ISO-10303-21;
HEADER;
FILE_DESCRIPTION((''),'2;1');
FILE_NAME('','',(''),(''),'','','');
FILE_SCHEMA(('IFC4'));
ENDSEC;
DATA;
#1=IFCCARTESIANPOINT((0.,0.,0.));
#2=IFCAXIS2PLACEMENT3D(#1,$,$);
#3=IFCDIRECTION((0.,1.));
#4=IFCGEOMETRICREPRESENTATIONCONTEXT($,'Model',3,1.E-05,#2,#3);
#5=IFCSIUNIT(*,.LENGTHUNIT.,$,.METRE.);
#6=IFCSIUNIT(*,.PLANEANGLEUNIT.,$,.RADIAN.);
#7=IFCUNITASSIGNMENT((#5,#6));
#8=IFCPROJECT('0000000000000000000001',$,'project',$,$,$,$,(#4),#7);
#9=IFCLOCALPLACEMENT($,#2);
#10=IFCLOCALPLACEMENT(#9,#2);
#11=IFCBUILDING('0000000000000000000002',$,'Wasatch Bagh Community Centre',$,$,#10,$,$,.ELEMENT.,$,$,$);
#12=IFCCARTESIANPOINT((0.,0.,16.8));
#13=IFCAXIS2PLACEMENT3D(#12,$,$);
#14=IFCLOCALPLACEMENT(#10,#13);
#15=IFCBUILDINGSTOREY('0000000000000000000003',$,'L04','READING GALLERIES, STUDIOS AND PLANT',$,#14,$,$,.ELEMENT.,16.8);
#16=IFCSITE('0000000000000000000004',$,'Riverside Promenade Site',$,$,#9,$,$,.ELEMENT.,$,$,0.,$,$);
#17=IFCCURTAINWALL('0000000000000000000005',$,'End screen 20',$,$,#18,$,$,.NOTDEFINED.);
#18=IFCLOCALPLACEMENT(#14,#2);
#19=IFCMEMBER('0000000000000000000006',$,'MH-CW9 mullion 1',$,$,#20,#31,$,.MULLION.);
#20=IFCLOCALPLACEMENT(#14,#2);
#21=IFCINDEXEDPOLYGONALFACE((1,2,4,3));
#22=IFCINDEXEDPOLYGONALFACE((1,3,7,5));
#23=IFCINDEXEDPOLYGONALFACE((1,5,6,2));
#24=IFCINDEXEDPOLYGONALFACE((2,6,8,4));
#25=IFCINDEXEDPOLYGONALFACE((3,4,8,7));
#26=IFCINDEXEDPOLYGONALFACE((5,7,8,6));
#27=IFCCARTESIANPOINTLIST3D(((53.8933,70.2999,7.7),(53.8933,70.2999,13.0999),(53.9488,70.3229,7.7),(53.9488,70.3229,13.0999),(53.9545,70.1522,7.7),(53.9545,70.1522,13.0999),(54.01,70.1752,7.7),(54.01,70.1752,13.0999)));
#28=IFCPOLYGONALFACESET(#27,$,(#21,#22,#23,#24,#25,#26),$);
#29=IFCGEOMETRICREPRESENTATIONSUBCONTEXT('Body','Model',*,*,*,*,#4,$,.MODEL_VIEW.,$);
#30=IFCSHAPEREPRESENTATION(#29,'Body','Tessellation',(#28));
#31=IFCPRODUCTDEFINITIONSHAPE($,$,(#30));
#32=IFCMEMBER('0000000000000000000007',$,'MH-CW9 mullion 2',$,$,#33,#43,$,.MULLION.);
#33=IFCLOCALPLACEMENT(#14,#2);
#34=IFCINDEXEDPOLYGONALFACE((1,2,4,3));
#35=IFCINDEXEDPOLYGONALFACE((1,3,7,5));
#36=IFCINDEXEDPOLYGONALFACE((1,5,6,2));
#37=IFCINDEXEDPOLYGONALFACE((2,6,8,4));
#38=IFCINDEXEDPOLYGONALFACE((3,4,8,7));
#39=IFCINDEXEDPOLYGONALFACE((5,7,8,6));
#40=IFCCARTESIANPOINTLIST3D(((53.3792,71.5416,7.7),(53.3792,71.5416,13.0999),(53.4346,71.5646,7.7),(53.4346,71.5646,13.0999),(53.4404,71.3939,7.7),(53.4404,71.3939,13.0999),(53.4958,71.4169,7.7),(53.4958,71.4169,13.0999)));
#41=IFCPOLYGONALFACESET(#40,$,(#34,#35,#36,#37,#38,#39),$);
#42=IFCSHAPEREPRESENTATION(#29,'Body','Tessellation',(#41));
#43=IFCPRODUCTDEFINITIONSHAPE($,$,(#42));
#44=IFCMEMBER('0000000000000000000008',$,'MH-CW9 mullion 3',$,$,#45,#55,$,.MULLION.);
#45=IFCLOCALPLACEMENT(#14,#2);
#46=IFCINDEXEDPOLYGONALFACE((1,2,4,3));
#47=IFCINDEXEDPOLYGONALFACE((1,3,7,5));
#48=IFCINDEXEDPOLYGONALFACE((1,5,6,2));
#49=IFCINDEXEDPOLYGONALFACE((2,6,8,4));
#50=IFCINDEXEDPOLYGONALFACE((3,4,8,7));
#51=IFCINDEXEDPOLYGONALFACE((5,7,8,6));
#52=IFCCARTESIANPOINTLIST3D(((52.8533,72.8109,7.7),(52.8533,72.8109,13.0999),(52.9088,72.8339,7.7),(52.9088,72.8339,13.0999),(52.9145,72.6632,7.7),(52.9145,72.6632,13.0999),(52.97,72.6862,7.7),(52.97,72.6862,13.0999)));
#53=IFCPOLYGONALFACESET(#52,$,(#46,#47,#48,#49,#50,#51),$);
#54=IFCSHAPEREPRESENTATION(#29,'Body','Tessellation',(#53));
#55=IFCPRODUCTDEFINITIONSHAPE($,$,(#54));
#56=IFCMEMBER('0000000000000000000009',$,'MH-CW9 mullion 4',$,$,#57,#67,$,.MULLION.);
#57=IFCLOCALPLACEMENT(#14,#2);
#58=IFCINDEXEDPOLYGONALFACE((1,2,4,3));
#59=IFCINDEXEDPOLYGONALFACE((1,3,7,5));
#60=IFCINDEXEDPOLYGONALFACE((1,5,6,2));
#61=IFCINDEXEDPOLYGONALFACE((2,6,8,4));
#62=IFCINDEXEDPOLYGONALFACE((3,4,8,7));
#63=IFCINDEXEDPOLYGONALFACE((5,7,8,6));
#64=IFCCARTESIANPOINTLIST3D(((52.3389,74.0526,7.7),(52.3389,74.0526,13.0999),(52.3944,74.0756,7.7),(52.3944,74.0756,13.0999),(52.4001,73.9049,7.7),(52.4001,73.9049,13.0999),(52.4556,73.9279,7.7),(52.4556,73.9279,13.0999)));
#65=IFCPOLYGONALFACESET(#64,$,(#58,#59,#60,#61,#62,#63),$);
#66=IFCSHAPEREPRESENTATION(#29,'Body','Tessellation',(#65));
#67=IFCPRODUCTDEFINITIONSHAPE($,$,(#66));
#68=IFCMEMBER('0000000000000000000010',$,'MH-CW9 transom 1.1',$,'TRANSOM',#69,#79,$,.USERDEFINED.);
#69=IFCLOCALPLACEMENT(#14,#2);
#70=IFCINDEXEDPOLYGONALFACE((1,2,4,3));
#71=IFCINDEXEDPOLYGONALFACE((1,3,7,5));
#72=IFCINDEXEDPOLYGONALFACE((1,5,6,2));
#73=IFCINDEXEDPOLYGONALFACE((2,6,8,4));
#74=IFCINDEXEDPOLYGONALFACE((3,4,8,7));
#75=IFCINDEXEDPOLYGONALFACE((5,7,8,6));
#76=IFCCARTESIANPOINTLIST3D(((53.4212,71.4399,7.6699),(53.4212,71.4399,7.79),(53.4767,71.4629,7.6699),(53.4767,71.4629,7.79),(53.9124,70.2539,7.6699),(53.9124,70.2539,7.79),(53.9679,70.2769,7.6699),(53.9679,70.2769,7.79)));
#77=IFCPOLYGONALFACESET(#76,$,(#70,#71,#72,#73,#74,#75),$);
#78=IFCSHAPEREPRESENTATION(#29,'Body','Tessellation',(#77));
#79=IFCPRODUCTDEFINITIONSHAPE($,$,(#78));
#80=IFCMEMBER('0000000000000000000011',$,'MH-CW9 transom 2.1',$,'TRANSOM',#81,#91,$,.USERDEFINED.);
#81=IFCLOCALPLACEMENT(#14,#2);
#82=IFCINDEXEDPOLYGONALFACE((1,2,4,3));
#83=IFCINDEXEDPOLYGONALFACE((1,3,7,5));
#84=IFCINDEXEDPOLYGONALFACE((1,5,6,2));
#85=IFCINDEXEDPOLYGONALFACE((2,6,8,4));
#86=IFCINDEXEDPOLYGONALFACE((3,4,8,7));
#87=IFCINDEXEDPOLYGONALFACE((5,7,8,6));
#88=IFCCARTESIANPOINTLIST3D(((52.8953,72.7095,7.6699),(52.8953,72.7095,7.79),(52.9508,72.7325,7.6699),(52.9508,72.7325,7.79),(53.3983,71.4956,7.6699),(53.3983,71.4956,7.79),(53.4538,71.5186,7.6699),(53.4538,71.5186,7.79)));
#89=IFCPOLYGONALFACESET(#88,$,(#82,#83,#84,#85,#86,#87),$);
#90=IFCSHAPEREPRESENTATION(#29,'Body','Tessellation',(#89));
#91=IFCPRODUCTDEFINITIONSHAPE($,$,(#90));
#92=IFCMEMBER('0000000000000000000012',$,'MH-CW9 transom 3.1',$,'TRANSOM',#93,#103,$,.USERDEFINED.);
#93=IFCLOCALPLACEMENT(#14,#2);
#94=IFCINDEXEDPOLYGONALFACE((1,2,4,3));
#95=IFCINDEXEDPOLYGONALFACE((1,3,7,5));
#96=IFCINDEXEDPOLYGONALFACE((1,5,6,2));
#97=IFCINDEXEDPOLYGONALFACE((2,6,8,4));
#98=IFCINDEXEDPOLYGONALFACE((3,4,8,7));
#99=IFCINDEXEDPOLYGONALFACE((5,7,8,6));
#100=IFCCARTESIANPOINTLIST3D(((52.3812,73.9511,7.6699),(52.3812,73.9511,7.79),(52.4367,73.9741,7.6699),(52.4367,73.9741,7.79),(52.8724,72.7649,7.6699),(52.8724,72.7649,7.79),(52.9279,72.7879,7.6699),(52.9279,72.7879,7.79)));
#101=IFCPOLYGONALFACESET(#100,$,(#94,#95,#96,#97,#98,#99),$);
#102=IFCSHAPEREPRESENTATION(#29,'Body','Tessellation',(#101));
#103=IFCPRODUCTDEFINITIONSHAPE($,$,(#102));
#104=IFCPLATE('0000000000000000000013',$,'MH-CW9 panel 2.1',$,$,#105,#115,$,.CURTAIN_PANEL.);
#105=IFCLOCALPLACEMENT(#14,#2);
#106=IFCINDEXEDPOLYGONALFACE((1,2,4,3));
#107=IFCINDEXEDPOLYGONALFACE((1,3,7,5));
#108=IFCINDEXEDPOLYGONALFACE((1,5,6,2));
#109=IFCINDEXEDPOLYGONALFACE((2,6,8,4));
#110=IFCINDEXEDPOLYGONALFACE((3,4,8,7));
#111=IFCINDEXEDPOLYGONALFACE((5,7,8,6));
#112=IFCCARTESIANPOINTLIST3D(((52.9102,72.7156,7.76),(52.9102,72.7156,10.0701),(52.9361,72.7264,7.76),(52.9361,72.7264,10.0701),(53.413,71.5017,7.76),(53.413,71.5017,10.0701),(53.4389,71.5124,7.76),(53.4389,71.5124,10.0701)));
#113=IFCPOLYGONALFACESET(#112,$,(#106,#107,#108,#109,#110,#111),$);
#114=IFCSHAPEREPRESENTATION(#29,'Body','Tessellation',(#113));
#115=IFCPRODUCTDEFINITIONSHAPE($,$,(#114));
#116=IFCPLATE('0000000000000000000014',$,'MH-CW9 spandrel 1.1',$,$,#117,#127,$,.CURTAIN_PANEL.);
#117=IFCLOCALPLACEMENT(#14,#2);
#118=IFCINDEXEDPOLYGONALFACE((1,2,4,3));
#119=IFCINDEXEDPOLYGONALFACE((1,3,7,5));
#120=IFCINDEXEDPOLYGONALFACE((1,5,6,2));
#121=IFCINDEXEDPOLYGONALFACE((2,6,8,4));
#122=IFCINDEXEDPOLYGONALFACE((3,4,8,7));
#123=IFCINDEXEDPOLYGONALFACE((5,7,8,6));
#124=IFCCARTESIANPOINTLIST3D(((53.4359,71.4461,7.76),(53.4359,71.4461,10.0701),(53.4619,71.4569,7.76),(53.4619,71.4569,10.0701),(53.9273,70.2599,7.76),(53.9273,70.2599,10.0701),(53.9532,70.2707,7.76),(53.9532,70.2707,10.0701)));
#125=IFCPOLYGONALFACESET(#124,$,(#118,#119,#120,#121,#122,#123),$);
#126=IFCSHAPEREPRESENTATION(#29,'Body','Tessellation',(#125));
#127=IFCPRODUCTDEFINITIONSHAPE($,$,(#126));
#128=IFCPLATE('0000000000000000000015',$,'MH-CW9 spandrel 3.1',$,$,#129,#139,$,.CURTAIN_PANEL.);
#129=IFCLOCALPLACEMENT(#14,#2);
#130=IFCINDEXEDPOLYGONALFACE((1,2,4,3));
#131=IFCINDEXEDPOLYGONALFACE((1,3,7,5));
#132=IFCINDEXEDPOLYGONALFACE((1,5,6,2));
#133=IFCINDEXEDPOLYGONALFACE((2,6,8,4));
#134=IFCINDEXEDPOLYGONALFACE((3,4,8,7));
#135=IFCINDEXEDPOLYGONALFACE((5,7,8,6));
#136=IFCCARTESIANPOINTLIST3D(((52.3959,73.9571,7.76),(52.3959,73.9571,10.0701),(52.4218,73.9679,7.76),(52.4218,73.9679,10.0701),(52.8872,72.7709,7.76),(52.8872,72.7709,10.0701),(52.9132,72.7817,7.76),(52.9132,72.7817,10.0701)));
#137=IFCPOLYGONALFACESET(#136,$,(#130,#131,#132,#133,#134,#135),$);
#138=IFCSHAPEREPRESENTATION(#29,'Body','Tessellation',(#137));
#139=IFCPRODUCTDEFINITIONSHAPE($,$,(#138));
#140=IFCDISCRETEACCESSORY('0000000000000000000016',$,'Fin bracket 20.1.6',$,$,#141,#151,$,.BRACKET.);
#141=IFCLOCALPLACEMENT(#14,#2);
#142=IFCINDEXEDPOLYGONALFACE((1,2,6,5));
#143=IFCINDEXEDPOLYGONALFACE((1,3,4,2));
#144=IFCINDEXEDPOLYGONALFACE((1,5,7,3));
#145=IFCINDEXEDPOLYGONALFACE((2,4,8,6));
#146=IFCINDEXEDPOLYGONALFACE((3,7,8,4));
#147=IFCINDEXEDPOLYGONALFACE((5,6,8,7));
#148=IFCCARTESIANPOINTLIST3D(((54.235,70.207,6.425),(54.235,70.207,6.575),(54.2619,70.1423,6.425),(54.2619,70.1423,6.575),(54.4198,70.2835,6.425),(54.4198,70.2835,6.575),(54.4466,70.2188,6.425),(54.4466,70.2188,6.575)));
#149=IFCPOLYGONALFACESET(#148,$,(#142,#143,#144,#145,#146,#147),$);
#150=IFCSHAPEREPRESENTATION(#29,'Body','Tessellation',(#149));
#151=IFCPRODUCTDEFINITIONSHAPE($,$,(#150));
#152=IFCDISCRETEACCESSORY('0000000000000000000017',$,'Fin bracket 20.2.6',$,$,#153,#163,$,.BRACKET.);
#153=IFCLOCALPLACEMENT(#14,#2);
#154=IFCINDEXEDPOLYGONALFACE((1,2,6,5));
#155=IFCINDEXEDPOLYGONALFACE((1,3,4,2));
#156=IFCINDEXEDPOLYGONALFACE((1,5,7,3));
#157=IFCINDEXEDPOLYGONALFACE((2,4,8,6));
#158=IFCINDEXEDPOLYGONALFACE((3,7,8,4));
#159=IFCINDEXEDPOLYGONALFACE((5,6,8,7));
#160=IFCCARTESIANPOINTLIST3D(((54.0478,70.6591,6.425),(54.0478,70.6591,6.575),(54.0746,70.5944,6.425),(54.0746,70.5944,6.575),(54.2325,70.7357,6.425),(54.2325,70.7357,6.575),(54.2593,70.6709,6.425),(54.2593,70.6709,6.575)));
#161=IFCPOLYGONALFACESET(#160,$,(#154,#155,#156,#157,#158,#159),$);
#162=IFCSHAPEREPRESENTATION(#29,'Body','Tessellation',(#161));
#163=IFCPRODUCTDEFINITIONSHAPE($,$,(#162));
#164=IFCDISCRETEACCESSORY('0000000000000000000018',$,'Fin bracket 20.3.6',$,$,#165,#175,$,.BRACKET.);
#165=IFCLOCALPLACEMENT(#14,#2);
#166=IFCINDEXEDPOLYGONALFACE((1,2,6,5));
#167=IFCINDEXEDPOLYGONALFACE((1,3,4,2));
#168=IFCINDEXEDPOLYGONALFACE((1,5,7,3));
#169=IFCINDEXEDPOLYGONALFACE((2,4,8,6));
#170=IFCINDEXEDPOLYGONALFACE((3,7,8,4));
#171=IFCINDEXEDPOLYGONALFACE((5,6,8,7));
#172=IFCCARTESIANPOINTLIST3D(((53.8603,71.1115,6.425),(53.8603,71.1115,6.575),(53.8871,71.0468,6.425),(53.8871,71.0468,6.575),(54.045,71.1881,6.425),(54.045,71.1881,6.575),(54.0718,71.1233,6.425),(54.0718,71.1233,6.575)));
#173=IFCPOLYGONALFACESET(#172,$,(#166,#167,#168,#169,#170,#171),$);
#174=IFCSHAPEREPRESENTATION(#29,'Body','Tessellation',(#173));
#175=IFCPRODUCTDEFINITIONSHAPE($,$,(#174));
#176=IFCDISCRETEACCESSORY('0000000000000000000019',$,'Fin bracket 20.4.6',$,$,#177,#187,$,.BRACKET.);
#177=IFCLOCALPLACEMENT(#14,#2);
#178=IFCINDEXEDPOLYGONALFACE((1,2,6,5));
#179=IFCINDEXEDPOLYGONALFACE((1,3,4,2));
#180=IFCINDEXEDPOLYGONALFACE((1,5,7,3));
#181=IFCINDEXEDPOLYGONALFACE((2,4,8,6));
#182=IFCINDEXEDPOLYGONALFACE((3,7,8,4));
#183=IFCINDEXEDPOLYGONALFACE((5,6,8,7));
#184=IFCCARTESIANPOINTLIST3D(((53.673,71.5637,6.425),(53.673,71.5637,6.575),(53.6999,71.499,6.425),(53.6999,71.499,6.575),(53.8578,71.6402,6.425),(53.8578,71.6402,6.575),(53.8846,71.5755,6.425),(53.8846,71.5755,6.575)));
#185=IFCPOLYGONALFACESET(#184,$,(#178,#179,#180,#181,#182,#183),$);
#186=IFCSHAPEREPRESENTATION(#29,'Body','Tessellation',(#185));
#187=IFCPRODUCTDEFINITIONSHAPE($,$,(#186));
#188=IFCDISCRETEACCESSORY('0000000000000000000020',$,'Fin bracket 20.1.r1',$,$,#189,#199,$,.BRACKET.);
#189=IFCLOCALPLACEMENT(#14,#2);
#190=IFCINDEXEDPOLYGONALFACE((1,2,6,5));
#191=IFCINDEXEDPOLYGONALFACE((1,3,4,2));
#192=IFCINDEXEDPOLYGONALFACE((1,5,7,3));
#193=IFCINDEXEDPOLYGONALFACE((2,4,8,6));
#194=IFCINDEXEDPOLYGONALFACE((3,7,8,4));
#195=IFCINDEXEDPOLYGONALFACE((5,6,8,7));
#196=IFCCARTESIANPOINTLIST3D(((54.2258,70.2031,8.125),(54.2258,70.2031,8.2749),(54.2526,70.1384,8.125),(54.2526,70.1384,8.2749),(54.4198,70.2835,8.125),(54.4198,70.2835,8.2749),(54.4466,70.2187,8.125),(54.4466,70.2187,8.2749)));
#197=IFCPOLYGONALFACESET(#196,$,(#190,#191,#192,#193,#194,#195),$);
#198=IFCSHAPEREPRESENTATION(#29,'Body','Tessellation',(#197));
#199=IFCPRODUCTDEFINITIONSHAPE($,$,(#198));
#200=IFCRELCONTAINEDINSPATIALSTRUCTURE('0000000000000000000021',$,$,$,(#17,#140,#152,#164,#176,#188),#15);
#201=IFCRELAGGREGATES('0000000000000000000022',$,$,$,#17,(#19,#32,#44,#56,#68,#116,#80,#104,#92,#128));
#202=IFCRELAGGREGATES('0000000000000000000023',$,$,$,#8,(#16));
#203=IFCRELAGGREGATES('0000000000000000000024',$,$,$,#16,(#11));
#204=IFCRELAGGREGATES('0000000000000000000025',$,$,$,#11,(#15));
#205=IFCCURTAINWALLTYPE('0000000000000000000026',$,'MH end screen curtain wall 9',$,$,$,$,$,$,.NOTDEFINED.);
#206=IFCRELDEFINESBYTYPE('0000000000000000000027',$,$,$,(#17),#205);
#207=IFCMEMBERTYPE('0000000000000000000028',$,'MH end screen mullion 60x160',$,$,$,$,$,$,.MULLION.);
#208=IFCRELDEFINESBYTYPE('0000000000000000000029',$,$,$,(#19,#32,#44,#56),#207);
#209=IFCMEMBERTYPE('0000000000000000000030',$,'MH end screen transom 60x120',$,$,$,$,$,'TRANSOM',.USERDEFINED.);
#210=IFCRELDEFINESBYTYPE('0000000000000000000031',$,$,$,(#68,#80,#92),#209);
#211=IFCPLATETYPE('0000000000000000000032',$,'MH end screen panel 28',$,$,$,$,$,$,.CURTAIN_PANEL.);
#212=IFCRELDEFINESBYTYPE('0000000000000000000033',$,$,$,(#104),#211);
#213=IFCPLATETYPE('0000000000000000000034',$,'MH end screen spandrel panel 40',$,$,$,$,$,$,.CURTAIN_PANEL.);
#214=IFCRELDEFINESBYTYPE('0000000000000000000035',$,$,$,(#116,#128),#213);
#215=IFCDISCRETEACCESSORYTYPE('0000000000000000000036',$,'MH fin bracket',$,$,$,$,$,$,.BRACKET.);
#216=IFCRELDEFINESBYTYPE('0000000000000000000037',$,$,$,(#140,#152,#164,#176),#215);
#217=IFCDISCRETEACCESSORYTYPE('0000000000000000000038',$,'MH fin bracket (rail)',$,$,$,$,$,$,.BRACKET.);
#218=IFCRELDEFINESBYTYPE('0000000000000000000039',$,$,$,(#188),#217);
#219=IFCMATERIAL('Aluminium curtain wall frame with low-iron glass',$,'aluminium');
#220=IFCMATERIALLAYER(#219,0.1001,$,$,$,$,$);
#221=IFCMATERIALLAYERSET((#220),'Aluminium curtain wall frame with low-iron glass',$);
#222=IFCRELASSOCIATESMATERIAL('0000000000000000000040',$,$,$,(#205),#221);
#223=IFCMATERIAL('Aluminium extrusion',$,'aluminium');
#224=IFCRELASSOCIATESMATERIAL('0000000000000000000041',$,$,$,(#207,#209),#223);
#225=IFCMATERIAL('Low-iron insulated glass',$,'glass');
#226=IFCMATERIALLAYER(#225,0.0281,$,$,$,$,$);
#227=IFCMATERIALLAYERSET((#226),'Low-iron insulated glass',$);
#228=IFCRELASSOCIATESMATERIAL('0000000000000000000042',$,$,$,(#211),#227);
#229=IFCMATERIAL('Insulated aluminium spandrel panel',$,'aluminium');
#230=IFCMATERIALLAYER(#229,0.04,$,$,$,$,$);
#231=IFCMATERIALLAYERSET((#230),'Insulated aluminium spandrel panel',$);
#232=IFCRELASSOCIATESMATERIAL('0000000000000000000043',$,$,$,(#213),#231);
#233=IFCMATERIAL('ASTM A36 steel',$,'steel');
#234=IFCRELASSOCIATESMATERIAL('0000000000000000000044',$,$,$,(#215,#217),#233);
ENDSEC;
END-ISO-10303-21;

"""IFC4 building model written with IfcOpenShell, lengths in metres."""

from ifc_helpers import new_model, si_unit, direction, frame, origin, origin_2d, place, context, subcontext, project, spatial, rectangle, extrude, material, layer, layer_set, material_profile, profile_set, type_object, element, aggregate, save


model = new_model("IFC4")

# Units and contexts
model_context = context("Model", 3, precision=1e-05, world=origin(), true_north=direction((0.0, 1.0)))
body_context = subcontext(model_context, "Body", "Model", "MODEL_VIEW")
ifc_project = project(units=[si_unit("LENGTHUNIT", "METRE"), si_unit("PLANEANGLEUNIT", "RADIAN")], contexts=[model_context])

# Site, building, storey
site_placement = place(None, origin())
site = spatial("IfcSite", under=ifc_project, at=site_placement, Name="Riverside Promenade Site", CompositionType="ELEMENT", RefElevation=0.0)
building_placement = place(site_placement, origin())
building = spatial("IfcBuilding", under=site, at=building_placement, Name="Wasatch Bagh Community Centre", CompositionType="ELEMENT")
storey_placement = place(building_placement, frame((0.0, 0.0, 16.8)))
storey = spatial("IfcBuildingStorey", under=building, at=storey_placement, Name="L04", Description="READING GALLERIES, STUDIOS AND PLANT", CompositionType="ELEMENT", Elevation=16.8)

# Curtain wall, members, plates
ifc_material_1 = material(Name="Aluminium curtain wall frame with low-iron glass", Category="aluminium")
ifc_layer_1 = layer(ifc_material_1, 0.1001)
ifc_layer_set_1 = layer_set([ifc_layer_1], Name="Aluminium curtain wall frame with low-iron glass")
curtain_wall_type = type_object("IfcCurtainWallType", Name="MH end screen curtain wall 9", PredefinedType="NOTDEFINED", material=ifc_layer_set_1)
curtain_wall_placement = place(storey_placement, origin())
curtain_wall = element("IfcCurtainWall", 1, at=curtain_wall_placement, inside=storey, type_object=curtain_wall_type, Name="End screen 20", PredefinedType="NOTDEFINED")
ifc_material_2 = material(Name="Aluminium extrusion", Category="aluminium")
ifc_material_profile_1 = material_profile(ifc_material_2, rectangle(XDim=0.0601, YDim=0.1599, at=origin_2d()), Name="AL 60x160")
ifc_profile_set_1 = profile_set([ifc_material_profile_1], Name="Aluminium extrusion")
member_type_1 = type_object("IfcMemberType", Name="MH end screen mullion 60x160", PredefinedType="MULLION", material=ifc_profile_set_1)
member_1_placement = place(storey_placement, frame((53.9517, 70.2375, 7.7), z_axis=(0.0, 0.0, 1.0), x_axis=(-0.92388, -0.382683, 0.0)))
member_1 = element("IfcMember", 2, at=member_1_placement, type_object=member_type_1, Name="MH-CW9 mullion 1", PredefinedType="MULLION", context=body_context, shape_type="SweptSolid", body=[
    extrude(rectangle(XDim=0.0601, YDim=0.1599, at=origin_2d()), origin(), (0.0, 0.0, 1.0), 5.3999),
])
member_2_placement = place(storey_placement, frame((53.4375, 71.4792, 7.7), z_axis=(0.0, 0.0, 1.0), x_axis=(-0.92388, -0.382683, 0.0)))
member_2 = element("IfcMember", 3, at=member_2_placement, type_object=member_type_1, Name="MH-CW9 mullion 2", PredefinedType="MULLION", context=body_context, shape_type="SweptSolid", body=[
    extrude(rectangle(XDim=0.0601, YDim=0.1599, at=origin_2d()), origin(), (0.0, 0.0, 1.0), 5.3999),
])
member_3_placement = place(storey_placement, frame((52.9116, 72.7485, 7.7), z_axis=(0.0, 0.0, 1.0), x_axis=(-0.92388, -0.382683, 0.0)))
member_3 = element("IfcMember", 4, at=member_3_placement, type_object=member_type_1, Name="MH-CW9 mullion 3", PredefinedType="MULLION", context=body_context, shape_type="SweptSolid", body=[
    extrude(rectangle(XDim=0.0601, YDim=0.1599, at=origin_2d()), origin(), (0.0, 0.0, 1.0), 5.3999),
])
member_4_placement = place(storey_placement, frame((52.3972, 73.9902, 7.7), z_axis=(0.0, 0.0, 1.0), x_axis=(-0.92388, -0.382683, 0.0)))
member_4 = element("IfcMember", 5, at=member_4_placement, type_object=member_type_1, Name="MH-CW9 mullion 4", PredefinedType="MULLION", context=body_context, shape_type="SweptSolid", body=[
    extrude(rectangle(XDim=0.0601, YDim=0.1599, at=origin_2d()), origin(), (0.0, 0.0, 1.0), 5.3999),
])
ifc_material_profile_2 = material_profile(ifc_material_2, rectangle(XDim=0.0601, YDim=0.1201, at=origin_2d()), Name="AL 60x120")
ifc_profile_set_2 = profile_set([ifc_material_profile_2], Name="Aluminium extrusion")
member_type_2 = type_object("IfcMemberType", Name="MH end screen transom 60x120", ElementType="TRANSOM", PredefinedType="USERDEFINED", material=ifc_profile_set_2)
member_5_placement = place(storey_placement, frame((53.9402, 70.2654, 7.73), z_axis=(-0.382643, 0.923896, 0.0), x_axis=(-0.923896, -0.382643, 0.0)))
member_5 = element("IfcMember", 6, at=member_5_placement, type_object=member_type_2, Name="MH-CW9 transom 1.1", ObjectType="TRANSOM", PredefinedType="USERDEFINED", context=body_context, shape_type="SweptSolid", body=[
    extrude(rectangle(XDim=0.0601, YDim=0.1201, at=origin_2d()), origin(), (0.0, 0.0, 1.0), 1.2837),
])
member_6_placement = place(storey_placement, frame((53.426, 71.5071, 7.73), z_axis=(-0.382768, 0.923845, 0.0), x_axis=(-0.923845, -0.382768, 0.0)))
member_6 = element("IfcMember", 7, at=member_6_placement, type_object=member_type_2, Name="MH-CW9 transom 2.1", ObjectType="TRANSOM", PredefinedType="USERDEFINED", context=body_context, shape_type="SweptSolid", body=[
    extrude(rectangle(XDim=0.0601, YDim=0.1201, at=origin_2d()), origin(), (0.0, 0.0, 1.0), 1.314),
])
member_7_placement = place(storey_placement, frame((52.9001, 72.7764, 7.73), z_axis=(-0.382576, 0.923924, 0.0), x_axis=(-0.923924, -0.382576, 0.0)))
member_7 = element("IfcMember", 8, at=member_7_placement, type_object=member_type_2, Name="MH-CW9 transom 3.1", ObjectType="TRANSOM", PredefinedType="USERDEFINED", context=body_context, shape_type="SweptSolid", body=[
    extrude(rectangle(XDim=0.0601, YDim=0.1201, at=origin_2d()), origin(), (0.0, 0.0, 1.0), 1.2839),
])
ifc_material_3 = material(Name="Low-iron insulated glass", Category="glass")
ifc_layer_2 = layer(ifc_material_3, 0.0281)
ifc_layer_set_2 = layer_set([ifc_layer_2], Name="Low-iron insulated glass")
plate_type_1 = type_object("IfcPlateType", Name="MH end screen panel 28", PredefinedType="CURTAIN_PANEL", material=ifc_layer_set_2)
plate_1_placement = place(storey_placement, frame((53.1746, 72.114, 7.76), z_axis=(0.0, 0.0, 1.0), x_axis=(-0.382683, 0.92388, 0.0)))
plate_1 = element("IfcPlate", 9, at=plate_1_placement, type_object=plate_type_1, Name="MH-CW9 panel 2.1", PredefinedType="CURTAIN_PANEL", context=body_context, shape_type="SweptSolid", body=[
    extrude(rectangle(XDim=1.314, YDim=0.0281, at=origin_2d()), origin(), (0.0, 0.0, 1.0), 2.3101),
])
ifc_material_4 = material(Name="Insulated aluminium spandrel panel", Category="aluminium")
ifc_layer_3 = layer(ifc_material_4, 0.04)
ifc_layer_set_3 = layer_set([ifc_layer_3], Name="Insulated aluminium spandrel panel")
plate_type_2 = type_object("IfcPlateType", Name="MH end screen spandrel panel 40", PredefinedType="CURTAIN_PANEL", material=ifc_layer_set_3)
plate_2_placement = place(storey_placement, frame((53.6946, 70.8584, 7.76), z_axis=(0.0, 0.0, 1.0), x_axis=(-0.382683, 0.92388, 0.0)))
plate_2 = element("IfcPlate", 10, at=plate_2_placement, type_object=plate_type_2, Name="MH-CW9 spandrel 1.1", PredefinedType="CURTAIN_PANEL", context=body_context, shape_type="SweptSolid", body=[
    extrude(rectangle(XDim=1.2839, YDim=0.0281, at=origin_2d()), origin(), (0.0, 0.0, 1.0), 2.3101),
])
plate_3_placement = place(storey_placement, frame((52.6545, 73.3694, 7.76), z_axis=(0.0, 0.0, 1.0), x_axis=(-0.382683, 0.92388, 0.0)))
plate_3 = element("IfcPlate", 11, at=plate_3_placement, type_object=plate_type_2, Name="MH-CW9 spandrel 3.1", PredefinedType="CURTAIN_PANEL", context=body_context, shape_type="SweptSolid", body=[
    extrude(rectangle(XDim=1.2839, YDim=0.0281, at=origin_2d()), origin(), (0.0, 0.0, 1.0), 2.3101),
])
aggregate(curtain_wall, [member_1, member_2, member_3, member_4, member_5, plate_2, member_6, plate_1, member_7, plate_3])

# Discrete accessories
ifc_material_5 = material(Name="ASTM A36 steel", Category="steel")
discrete_accessory_type_1 = type_object("IfcDiscreteAccessoryType", Name="MH fin bracket", PredefinedType="BRACKET", material=ifc_material_5)
for number, where, z_axis, x_axis, name in (
    (12, (54.3408, 70.2129, 6.425), (0.0, 0.0, 1.0), (-0.382683, 0.92388, 0.0), "Fin bracket 20.1.6"),
    (13, (54.1536, 70.665, 6.425), (0.0, 0.0, 1.0), (-0.382683, 0.92388, 0.0), "Fin bracket 20.2.6"),
    (14, (53.9661, 71.1174, 6.425), (0.0, 0.0, 1.0), (-0.382683, 0.92388, 0.0), "Fin bracket 20.3.6"),
    (15, (53.7788, 71.5696, 6.425), (0.0, 0.0, 1.0), (-0.382683, 0.92388, 0.0), "Fin bracket 20.4.6"),
):
    element("IfcDiscreteAccessory", number, at=place(storey_placement, frame(where, z_axis=z_axis, x_axis=x_axis)), inside=storey, type_object=discrete_accessory_type_1, Name=name, PredefinedType="BRACKET", context=body_context, shape_type="SweptSolid", body=[
        extrude(rectangle(XDim=0.0701, YDim=0.2, at=origin_2d()), origin(), (0.0, 0.0, 1.0), 0.1499),
    ])
discrete_accessory_type_2 = type_object("IfcDiscreteAccessoryType", Name="MH fin bracket (rail)", PredefinedType="BRACKET", material=ifc_material_5)
for number, where, z_axis, x_axis, name in (
    (16, (54.3362, 70.2109, 8.125), (0.0, 0.0, 1.0), (-0.382683, 0.92388, 0.0), "Fin bracket 20.1.r1"),
):
    element("IfcDiscreteAccessory", number, at=place(storey_placement, frame(where, z_axis=z_axis, x_axis=x_axis)), inside=storey, type_object=discrete_accessory_type_2, Name=name, PredefinedType="BRACKET", context=body_context, shape_type="SweptSolid", body=[
        extrude(rectangle(XDim=0.0701, YDim=0.21, at=origin_2d()), origin(), (0.0, 0.0, 1.0), 0.1499),
    ])

save(model, "model.ifc")
